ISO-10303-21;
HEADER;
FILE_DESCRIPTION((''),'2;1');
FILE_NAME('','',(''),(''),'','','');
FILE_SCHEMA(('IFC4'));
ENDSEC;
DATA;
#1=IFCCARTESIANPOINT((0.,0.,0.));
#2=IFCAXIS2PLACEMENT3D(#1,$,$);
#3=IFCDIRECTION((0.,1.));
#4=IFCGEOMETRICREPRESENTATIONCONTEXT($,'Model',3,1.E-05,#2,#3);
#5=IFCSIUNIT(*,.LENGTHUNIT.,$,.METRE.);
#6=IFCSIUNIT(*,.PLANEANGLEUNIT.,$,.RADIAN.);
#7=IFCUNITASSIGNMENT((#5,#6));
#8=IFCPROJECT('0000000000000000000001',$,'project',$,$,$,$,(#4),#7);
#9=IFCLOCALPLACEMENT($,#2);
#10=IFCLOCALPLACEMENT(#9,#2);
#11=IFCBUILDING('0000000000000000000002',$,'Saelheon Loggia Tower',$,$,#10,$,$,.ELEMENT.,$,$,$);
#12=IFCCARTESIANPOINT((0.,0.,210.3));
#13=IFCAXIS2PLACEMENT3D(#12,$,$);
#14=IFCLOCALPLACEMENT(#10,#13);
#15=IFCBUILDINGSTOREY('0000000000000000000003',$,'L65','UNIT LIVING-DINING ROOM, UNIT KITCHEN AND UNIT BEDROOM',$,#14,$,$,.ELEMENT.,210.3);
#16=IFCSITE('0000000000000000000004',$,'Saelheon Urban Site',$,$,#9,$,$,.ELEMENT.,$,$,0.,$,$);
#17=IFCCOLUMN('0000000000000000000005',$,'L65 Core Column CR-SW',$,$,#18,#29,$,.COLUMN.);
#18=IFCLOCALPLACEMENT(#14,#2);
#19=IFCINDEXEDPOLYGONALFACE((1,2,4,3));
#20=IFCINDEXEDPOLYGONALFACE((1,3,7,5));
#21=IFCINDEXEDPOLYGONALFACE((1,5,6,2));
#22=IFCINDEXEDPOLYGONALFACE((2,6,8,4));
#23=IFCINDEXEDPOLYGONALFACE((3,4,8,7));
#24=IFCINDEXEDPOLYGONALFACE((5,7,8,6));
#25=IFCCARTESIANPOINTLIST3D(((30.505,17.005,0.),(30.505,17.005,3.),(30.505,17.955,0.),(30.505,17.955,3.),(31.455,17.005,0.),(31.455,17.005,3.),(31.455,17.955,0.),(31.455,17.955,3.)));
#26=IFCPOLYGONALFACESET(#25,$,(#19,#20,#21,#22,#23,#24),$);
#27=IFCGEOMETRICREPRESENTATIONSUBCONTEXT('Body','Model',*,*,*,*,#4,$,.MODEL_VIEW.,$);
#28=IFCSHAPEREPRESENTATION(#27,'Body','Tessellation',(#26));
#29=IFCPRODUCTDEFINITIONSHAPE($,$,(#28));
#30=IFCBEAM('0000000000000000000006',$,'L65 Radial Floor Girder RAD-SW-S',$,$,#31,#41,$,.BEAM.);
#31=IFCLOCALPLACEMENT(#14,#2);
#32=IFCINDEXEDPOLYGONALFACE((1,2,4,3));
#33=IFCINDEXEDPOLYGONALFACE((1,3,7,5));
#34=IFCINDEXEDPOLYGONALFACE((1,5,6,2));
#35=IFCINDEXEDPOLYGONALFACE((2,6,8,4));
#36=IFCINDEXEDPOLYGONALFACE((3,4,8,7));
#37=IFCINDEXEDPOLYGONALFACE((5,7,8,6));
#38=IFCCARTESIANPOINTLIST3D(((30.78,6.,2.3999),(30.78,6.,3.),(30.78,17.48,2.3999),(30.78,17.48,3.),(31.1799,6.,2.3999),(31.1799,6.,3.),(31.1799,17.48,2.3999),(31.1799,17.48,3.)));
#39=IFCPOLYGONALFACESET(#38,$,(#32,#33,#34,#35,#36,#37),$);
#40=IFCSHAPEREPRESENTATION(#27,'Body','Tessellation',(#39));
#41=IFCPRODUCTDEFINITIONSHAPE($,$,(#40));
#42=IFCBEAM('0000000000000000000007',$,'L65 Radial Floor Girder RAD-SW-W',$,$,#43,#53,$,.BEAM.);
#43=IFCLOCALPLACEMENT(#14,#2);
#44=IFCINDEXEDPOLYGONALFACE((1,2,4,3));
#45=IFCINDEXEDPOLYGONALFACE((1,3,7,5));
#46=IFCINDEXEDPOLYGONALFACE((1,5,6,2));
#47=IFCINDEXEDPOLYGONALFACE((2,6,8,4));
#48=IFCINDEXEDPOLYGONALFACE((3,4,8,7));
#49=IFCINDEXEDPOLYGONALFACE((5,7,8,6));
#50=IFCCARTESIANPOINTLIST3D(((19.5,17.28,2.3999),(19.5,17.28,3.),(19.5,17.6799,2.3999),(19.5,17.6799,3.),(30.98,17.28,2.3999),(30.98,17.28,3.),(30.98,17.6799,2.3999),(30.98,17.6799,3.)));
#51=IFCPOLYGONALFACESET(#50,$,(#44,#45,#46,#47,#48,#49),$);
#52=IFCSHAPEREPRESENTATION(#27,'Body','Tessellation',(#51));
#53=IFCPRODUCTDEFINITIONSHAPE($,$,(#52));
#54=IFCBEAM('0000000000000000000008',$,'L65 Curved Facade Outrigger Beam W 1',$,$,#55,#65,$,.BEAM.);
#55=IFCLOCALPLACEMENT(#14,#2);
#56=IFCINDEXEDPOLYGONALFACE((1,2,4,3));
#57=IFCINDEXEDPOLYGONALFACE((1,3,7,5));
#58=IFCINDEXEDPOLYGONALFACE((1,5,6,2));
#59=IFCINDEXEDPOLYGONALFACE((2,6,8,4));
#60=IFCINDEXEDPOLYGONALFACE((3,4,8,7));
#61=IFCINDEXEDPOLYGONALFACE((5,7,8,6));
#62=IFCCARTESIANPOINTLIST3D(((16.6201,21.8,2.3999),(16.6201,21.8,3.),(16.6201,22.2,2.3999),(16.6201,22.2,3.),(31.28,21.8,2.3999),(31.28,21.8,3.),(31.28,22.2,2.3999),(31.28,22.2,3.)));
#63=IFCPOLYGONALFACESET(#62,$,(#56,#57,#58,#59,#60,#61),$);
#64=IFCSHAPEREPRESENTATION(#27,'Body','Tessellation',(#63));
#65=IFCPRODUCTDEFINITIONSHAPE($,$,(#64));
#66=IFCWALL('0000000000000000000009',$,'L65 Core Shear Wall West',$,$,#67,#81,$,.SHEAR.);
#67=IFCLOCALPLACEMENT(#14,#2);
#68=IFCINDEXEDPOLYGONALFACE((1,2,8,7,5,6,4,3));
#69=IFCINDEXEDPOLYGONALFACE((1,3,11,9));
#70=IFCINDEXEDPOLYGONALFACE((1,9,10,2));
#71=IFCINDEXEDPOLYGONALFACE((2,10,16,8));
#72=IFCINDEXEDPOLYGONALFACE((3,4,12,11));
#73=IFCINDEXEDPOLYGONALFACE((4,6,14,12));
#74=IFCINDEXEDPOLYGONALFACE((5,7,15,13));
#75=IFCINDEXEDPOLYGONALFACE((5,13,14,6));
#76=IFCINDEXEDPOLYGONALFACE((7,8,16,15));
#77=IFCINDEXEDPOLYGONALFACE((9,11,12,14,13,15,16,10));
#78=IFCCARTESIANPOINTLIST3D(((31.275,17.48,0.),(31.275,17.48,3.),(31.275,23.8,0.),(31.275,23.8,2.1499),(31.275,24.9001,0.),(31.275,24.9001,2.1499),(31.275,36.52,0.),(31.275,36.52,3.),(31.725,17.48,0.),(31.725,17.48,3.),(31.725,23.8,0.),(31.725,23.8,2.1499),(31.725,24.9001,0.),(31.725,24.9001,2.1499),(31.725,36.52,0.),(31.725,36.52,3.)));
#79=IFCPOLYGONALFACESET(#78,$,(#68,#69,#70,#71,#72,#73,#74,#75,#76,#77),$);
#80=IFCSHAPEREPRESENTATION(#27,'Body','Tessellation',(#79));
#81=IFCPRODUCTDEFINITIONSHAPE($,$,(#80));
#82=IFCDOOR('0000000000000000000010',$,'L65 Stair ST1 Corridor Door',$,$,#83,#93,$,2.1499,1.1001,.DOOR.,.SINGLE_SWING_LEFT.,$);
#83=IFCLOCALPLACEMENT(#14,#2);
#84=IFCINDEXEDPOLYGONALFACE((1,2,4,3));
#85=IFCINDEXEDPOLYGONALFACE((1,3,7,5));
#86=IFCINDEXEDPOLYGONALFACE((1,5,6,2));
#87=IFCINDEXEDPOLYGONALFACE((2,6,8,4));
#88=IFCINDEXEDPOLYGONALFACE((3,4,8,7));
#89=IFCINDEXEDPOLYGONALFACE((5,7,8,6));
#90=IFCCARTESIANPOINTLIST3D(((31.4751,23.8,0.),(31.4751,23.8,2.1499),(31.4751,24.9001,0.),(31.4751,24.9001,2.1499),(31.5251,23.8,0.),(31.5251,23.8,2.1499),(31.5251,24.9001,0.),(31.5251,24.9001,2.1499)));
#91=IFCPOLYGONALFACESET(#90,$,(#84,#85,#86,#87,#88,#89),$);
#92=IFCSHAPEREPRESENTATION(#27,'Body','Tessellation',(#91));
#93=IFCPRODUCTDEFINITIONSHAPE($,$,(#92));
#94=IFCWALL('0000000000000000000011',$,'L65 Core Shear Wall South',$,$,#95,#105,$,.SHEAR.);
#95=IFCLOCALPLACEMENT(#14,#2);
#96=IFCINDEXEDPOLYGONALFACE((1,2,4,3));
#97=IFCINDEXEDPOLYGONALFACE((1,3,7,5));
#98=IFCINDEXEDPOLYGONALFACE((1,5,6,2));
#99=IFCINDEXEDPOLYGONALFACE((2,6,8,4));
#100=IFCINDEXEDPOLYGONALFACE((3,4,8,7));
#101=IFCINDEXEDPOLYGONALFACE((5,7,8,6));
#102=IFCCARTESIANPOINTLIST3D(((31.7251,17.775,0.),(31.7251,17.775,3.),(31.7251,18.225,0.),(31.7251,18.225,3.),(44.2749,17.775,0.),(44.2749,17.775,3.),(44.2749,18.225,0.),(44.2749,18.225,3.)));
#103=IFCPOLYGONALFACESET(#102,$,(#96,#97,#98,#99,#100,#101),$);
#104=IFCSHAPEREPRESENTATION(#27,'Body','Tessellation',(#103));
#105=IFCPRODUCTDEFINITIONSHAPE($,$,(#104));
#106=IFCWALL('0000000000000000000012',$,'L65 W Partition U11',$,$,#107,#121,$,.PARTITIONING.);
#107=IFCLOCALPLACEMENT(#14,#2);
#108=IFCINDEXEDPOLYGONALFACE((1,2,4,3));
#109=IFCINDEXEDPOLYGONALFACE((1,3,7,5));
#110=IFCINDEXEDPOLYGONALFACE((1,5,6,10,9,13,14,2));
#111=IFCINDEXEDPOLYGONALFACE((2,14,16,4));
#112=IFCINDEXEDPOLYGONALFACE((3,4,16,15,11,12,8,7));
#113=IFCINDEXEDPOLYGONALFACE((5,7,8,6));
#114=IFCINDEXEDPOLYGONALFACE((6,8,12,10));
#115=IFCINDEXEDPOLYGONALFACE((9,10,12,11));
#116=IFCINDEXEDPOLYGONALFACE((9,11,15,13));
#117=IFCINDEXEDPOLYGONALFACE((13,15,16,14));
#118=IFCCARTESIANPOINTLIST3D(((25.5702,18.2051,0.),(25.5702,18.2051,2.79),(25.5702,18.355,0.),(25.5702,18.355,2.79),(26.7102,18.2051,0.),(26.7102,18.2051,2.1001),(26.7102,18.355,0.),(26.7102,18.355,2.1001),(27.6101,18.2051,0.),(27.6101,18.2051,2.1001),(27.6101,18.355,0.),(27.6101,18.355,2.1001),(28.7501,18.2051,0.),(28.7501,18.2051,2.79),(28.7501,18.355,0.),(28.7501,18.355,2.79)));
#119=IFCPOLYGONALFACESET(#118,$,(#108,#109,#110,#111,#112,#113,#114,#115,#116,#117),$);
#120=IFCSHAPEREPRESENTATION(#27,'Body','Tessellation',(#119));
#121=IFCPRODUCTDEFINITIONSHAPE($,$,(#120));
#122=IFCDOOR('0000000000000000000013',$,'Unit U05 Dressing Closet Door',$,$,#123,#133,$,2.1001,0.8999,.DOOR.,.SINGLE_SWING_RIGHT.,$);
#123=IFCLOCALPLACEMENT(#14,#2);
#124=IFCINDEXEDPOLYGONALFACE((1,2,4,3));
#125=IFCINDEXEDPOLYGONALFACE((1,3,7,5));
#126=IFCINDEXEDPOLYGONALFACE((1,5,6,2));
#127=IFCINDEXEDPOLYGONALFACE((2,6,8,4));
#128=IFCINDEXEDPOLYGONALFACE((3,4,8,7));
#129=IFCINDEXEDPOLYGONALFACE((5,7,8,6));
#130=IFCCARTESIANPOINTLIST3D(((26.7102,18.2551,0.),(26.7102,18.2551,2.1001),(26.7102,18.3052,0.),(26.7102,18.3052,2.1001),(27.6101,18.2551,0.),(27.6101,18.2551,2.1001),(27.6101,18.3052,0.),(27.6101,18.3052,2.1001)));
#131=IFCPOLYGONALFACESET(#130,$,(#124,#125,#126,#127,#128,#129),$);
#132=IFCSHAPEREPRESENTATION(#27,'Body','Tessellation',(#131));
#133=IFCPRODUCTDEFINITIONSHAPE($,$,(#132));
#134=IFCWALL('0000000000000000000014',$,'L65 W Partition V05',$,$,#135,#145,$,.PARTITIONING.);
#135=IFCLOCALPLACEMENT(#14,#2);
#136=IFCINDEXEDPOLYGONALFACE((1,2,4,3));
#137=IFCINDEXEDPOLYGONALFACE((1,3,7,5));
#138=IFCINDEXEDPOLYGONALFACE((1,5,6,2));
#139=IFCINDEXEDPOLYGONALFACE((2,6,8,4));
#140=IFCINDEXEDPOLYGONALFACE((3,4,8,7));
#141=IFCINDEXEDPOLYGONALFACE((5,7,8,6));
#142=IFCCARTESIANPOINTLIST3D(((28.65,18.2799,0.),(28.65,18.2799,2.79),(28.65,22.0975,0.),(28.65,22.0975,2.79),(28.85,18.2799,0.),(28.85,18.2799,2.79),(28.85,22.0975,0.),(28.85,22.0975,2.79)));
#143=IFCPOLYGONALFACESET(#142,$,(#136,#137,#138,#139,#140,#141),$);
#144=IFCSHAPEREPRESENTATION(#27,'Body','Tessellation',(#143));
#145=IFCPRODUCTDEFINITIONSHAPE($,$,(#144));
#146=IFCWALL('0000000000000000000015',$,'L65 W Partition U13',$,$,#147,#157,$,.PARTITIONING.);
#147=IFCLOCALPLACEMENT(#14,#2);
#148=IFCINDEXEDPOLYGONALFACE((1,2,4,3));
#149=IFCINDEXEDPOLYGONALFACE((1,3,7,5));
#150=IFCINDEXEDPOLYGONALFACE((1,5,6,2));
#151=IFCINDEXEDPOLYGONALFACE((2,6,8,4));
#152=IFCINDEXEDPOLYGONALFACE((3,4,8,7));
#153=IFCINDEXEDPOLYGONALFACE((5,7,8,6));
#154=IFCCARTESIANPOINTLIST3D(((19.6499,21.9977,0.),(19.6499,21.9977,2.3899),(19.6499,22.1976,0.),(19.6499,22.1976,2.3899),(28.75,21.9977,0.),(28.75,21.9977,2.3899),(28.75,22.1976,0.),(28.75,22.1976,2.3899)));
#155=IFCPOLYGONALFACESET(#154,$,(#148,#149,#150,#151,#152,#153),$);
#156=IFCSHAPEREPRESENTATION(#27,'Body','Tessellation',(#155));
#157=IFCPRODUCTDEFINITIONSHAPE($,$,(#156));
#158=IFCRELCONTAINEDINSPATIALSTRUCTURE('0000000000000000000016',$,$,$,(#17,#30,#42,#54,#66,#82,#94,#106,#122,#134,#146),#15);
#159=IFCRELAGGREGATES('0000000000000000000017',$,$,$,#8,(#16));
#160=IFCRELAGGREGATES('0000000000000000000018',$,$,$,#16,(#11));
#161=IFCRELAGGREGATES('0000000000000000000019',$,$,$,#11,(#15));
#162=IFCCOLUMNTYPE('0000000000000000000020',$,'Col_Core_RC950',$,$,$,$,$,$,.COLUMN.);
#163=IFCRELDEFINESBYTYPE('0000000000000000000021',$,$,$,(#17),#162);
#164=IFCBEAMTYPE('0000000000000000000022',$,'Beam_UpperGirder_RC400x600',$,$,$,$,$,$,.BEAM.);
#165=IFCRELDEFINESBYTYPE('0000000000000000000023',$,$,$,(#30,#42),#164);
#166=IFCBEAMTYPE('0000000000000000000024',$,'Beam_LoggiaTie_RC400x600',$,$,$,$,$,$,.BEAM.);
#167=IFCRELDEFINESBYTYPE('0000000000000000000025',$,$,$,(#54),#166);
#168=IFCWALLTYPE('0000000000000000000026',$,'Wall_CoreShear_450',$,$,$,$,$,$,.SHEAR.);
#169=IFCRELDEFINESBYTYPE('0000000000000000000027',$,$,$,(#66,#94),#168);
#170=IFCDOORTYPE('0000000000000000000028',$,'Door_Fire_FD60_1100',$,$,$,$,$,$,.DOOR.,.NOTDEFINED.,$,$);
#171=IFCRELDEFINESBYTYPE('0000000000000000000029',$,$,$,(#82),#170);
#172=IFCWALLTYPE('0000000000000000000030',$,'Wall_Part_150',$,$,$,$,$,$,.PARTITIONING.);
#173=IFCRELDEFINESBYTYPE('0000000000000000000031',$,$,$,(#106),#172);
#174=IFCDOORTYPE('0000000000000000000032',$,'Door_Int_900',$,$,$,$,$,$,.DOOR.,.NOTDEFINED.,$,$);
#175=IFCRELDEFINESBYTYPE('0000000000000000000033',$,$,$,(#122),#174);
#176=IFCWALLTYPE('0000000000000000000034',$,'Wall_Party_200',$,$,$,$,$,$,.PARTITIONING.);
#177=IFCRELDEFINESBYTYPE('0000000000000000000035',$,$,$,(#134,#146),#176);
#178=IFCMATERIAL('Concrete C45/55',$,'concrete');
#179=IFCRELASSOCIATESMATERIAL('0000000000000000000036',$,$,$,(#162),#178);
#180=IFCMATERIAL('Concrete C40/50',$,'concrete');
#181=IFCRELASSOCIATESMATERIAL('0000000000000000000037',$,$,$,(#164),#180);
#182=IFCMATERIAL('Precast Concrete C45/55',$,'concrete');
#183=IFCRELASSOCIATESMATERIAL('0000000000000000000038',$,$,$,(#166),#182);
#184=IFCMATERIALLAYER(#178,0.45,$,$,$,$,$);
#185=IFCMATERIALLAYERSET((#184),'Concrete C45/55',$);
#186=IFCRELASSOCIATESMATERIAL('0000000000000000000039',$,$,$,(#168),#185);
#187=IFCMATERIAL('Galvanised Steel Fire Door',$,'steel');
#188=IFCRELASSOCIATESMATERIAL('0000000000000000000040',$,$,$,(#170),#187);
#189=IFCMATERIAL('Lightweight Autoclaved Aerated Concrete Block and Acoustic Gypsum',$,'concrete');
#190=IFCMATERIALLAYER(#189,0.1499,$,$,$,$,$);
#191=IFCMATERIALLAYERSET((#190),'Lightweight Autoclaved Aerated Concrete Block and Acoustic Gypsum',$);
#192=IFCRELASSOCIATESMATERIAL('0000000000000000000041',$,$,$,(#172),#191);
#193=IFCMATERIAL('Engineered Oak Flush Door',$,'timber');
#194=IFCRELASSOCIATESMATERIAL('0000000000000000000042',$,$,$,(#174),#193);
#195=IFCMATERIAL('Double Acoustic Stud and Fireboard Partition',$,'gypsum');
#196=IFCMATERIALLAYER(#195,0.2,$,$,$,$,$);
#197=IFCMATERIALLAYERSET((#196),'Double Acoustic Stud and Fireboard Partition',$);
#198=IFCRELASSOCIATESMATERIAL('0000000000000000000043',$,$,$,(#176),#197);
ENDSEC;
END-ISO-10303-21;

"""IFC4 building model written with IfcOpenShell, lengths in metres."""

from ifc_helpers import new_model, si_unit, direction, frame, frame_2d, origin, origin_2d, place, context, subcontext, project, spatial, rectangle, extrude, source, transform, mapped, material, layer, layer_set, material_profile, profile_set, type_object, element, fill, save


model = new_model("IFC4")

# Units and contexts
model_context = context("Model", 3, precision=1e-05, world=origin(), true_north=direction((0.0, 1.0)))
body_context = subcontext(model_context, "Body", "Model", "MODEL_VIEW")
ifc_project = project(units=[si_unit("LENGTHUNIT", "METRE"), si_unit("PLANEANGLEUNIT", "RADIAN")], contexts=[model_context])

# Site, building, storey
site_placement = place(None, origin())
site = spatial("IfcSite", under=ifc_project, at=site_placement, Name="Saelheon Urban Site", CompositionType="ELEMENT", RefElevation=0.0)
building_placement = place(site_placement, origin())
building = spatial("IfcBuilding", under=site, at=building_placement, Name="Saelheon Loggia Tower", CompositionType="ELEMENT")
storey_placement = place(building_placement, frame((0.0, 0.0, 210.3)))
storey = spatial("IfcBuildingStorey", under=building, at=storey_placement, Name="L65", Description="UNIT LIVING-DINING ROOM, UNIT KITCHEN AND UNIT BEDROOM", CompositionType="ELEMENT", Elevation=210.3)

# Column
ifc_material_1 = material(Name="Concrete C45/55", Category="concrete")
ifc_material_profile_1 = material_profile(ifc_material_1, rectangle(XDim=0.95, YDim=0.95, at=origin_2d()), Name="RC-950x950")
ifc_profile_set_1 = profile_set([ifc_material_profile_1], Name="Concrete C45/55")
column_type = type_object("IfcColumnType", Name="Col_Core_RC950", PredefinedType="COLUMN", material=ifc_profile_set_1)
shared_shape_1 = source(origin(), body_context, "Body", "SweptSolid", [
    extrude(rectangle(XDim=0.95, YDim=0.95, at=origin_2d()), origin(), (0.0, 0.0, 1.0), 3.0),
])
column_placement = place(storey_placement, frame((30.98, 17.48, 0.0), z_axis=(0.0, 0.0, 1.0), x_axis=(1.0, 0.0, 0.0)))
element("IfcColumn", 1, at=column_placement, inside=storey, type_object=column_type, Name="L65 Core Column CR-SW", PredefinedType="COLUMN", context=body_context, shape_type="MappedRepresentation", body=[
    mapped(shared_shape_1, transform((0.0, 0.0, 0.0), scale=1.0)),
])

# Beams
ifc_material_2 = material(Name="Concrete C40/50", Category="concrete")
ifc_material_profile_2 = material_profile(ifc_material_2, rectangle(XDim=0.3999, YDim=0.6001, at=origin_2d()), Name="RC-400x600")
ifc_profile_set_2 = profile_set([ifc_material_profile_2], Name="Concrete C40/50")
beam_type_1 = type_object("IfcBeamType", Name="Beam_UpperGirder_RC400x600", PredefinedType="BEAM", material=ifc_profile_set_2)
shared_shape_2 = source(origin(), body_context, "Body", "SweptSolid", [
    extrude(rectangle(XDim=0.3999, YDim=0.6001, at=origin_2d()), origin(), (0.0, 0.0, 1.0), 11.48),
])
for number, where, z_axis, x_axis, name in (
    (2, (30.98, 17.48, 2.7), (0.0, -1.0, 0.0), (1.0, 0.0, 0.0), "L65 Radial Floor Girder RAD-SW-S"),
    (3, (30.98, 17.48, 2.7), (-1.0, 0.0, 0.0), (0.0, -1.0, 0.0), "L65 Radial Floor Girder RAD-SW-W"),
):
    element("IfcBeam", number, at=place(storey_placement, frame(where, z_axis=z_axis, x_axis=x_axis)), inside=storey, type_object=beam_type_1, Name=name, PredefinedType="BEAM", context=body_context, shape_type="MappedRepresentation", body=[
        mapped(shared_shape_2, transform((0.0, 0.0, 0.0), scale=1.0)),
    ])
ifc_material_3 = material(Name="Precast Concrete C45/55", Category="concrete")
ifc_material_profile_3 = material_profile(ifc_material_3, rectangle(XDim=0.3999, YDim=0.6001, at=origin_2d()), Name="RC-400x600")
ifc_profile_set_3 = profile_set([ifc_material_profile_3], Name="Precast Concrete C45/55")
beam_type_2 = type_object("IfcBeamType", Name="Beam_LoggiaTie_RC400x600", PredefinedType="BEAM", material=ifc_profile_set_3)
shared_shape_3 = source(origin(), body_context, "Body", "SweptSolid", [
    extrude(rectangle(XDim=0.3999, YDim=0.6001, at=origin_2d()), origin(), (0.0, 0.0, 1.0), 14.6599),
])
beam_placement = place(storey_placement, frame((31.28, 22.0, 2.7), z_axis=(-1.0, 0.0, 0.0), x_axis=(0.0, -1.0, 0.0)))
element("IfcBeam", 4, at=beam_placement, inside=storey, type_object=beam_type_2, Name="L65 Curved Facade Outrigger Beam W 1", PredefinedType="BEAM", context=body_context, shape_type="MappedRepresentation", body=[
    mapped(shared_shape_3, transform((0.0, 0.0, 0.0), scale=1.0)),
])

# Wall, opening, door
ifc_layer_1 = layer(ifc_material_1, 0.45)
ifc_layer_set_1 = layer_set([ifc_layer_1], Name="Concrete C45/55")
wall_type_1 = type_object("IfcWallType", Name="Wall_CoreShear_450", PredefinedType="SHEAR", material=ifc_layer_set_1)
wall_1_placement = place(storey_placement, frame((31.5, 17.48, 0.0), z_axis=(0.0, 0.0, 1.0), x_axis=(0.0, 1.0, 0.0)))
wall_1 = element("IfcWall", 5, at=wall_1_placement, inside=storey, type_object=wall_type_1, Name="L65 Core Shear Wall West", PredefinedType="SHEAR", context=body_context, shape_type="SweptSolid", body=[
    extrude(rectangle(XDim=19.04, YDim=0.45, at=frame_2d((9.52, 0.0))), origin(), (0.0, 0.0, 1.0), 3.0),
])
opening_1_placement = place(wall_1_placement, frame((6.3201, 0.0, 0.0)))
opening_1 = element("IfcOpeningElement", 6, at=opening_1_placement, cuts=wall_1, PredefinedType="OPENING", context=body_context, shape_type="SweptSolid", body=[
    extrude(rectangle(XDim=1.1001, YDim=2.1499, at=frame_2d((0.55, 1.075))), frame((0.0, 0.2371, 0.0), z_axis=(0.0, -1.0, 0.0), x_axis=(1.0, 0.0, 0.0)), (0.0, 0.0, 1.0), 0.4739),
])
ifc_material_4 = material(Name="Galvanised Steel Fire Door", Category="steel")
door_type_1 = type_object("IfcDoorType", Name="Door_Fire_FD60_1100", OperationType="NOTDEFINED", PredefinedType="DOOR", material=ifc_material_4)
shared_shape_4 = source(origin(), body_context, "Body", "SweptSolid", [
    extrude(rectangle(XDim=1.1001, YDim=2.1499, at=frame_2d((0.55, 1.075))), frame((0.0, 0.0249, 0.0), z_axis=(0.0, -1.0, 0.0), x_axis=(1.0, 0.0, 0.0)), (0.0, 0.0, 1.0), 0.05),
])
door_1_placement = place(opening_1_placement, origin())
door_1 = element("IfcDoor", 7, at=door_1_placement, inside=storey, type_object=door_type_1, Name="L65 Stair ST1 Corridor Door", OperationType="SINGLE_SWING_LEFT", OverallHeight=2.1499, OverallWidth=1.1001, PredefinedType="DOOR", context=body_context, shape_type="MappedRepresentation", body=[
    mapped(shared_shape_4, transform((0.0, 0.0, 0.0), scale=1.0)),
])
fill(opening_1, door_1)

# Wall
wall_2_placement = place(storey_placement, frame((31.7251, 18.0, 0.0), z_axis=(0.0, 0.0, 1.0), x_axis=(1.0, 0.0, 0.0)))
element("IfcWall", 8, at=wall_2_placement, inside=storey, type_object=wall_type_1, Name="L65 Core Shear Wall South", PredefinedType="SHEAR", context=body_context, shape_type="SweptSolid", body=[
    extrude(rectangle(XDim=12.5498, YDim=0.45, at=frame_2d((6.2749, 0.0))), origin(), (0.0, 0.0, 1.0), 3.0),
])

# Wall, opening, door
ifc_material_5 = material(Name="Lightweight Autoclaved Aerated Concrete Block and Acoustic Gypsum", Category="concrete")
ifc_layer_2 = layer(ifc_material_5, 0.1499)
ifc_layer_set_2 = layer_set([ifc_layer_2], Name="Lightweight Autoclaved Aerated Concrete Block and Acoustic Gypsum")
wall_type_2 = type_object("IfcWallType", Name="Wall_Part_150", PredefinedType="PARTITIONING", material=ifc_layer_set_2)
wall_3_placement = place(storey_placement, frame((28.75, 18.28, 0.0), z_axis=(0.0, 0.0, 1.0), x_axis=(-1.0, 0.0, 0.0)))
wall_3 = element("IfcWall", 9, at=wall_3_placement, inside=storey, type_object=wall_type_2, Name="L65 W Partition U11", PredefinedType="PARTITIONING", context=body_context, shape_type="SweptSolid", body=[
    extrude(rectangle(XDim=3.1799, YDim=0.1499, at=frame_2d((1.5898, 0.0))), origin(), (0.0, 0.0, 1.0), 2.79),
])
opening_2_placement = place(wall_3_placement, frame((1.1399, 0.0, 0.0)))
opening_2 = element("IfcOpeningElement", 10, at=opening_2_placement, cuts=wall_3, PredefinedType="OPENING", context=body_context, shape_type="SweptSolid", body=[
    extrude(rectangle(XDim=0.8999, YDim=2.1001, at=frame_2d((0.45, 1.05))), frame((0.0, 0.0869, 0.0), z_axis=(0.0, -1.0, 0.0), x_axis=(1.0, 0.0, 0.0)), (0.0, 0.0, 1.0), 0.1738),
])
ifc_material_6 = material(Name="Engineered Oak Flush Door", Category="timber")
door_type_2 = type_object("IfcDoorType", Name="Door_Int_900", OperationType="NOTDEFINED", PredefinedType="DOOR", material=ifc_material_6)
shared_shape_5 = source(origin(), body_context, "Body", "SweptSolid", [
    extrude(rectangle(XDim=0.8999, YDim=2.1001, at=frame_2d((0.45, 1.05))), frame((0.0, 0.0249, 0.0), z_axis=(0.0, -1.0, 0.0), x_axis=(1.0, 0.0, 0.0)), (0.0, 0.0, 1.0), 0.05),
])
door_2_placement = place(opening_2_placement, origin())
door_2 = element("IfcDoor", 11, at=door_2_placement, inside=storey, type_object=door_type_2, Name="Unit U05 Dressing Closet Door", OperationType="SINGLE_SWING_RIGHT", OverallHeight=2.1001, OverallWidth=0.8999, PredefinedType="DOOR", context=body_context, shape_type="MappedRepresentation", body=[
    mapped(shared_shape_5, transform((0.0, 0.0, 0.0), scale=1.0)),
])
fill(opening_2, door_2)
ifc_material_7 = material(Name="Double Acoustic Stud and Fireboard Partition", Category="gypsum")
ifc_layer_3 = layer(ifc_material_7, 0.2)
ifc_layer_set_3 = layer_set([ifc_layer_3], Name="Double Acoustic Stud and Fireboard Partition")
wall_type_3 = type_object("IfcWallType", Name="Wall_Party_200", PredefinedType="PARTITIONING", material=ifc_layer_set_3)

# Walls
wall_4_placement = place(storey_placement, frame((28.75, 18.28, 0.0), z_axis=(0.0, 0.0, 1.0), x_axis=(0.0, 1.0, 0.0)))
element("IfcWall", 12, at=wall_4_placement, inside=storey, type_object=wall_type_3, Name="L65 W Partition V05", PredefinedType="PARTITIONING", context=body_context, shape_type="SweptSolid", body=[
    extrude(rectangle(XDim=3.8176, YDim=0.2, at=frame_2d((1.9087, 0.0))), origin(), (0.0, 0.0, 1.0), 2.79),
])
wall_5_placement = place(storey_placement, frame((28.75, 22.0977, 0.0), z_axis=(0.0, 0.0, 1.0), x_axis=(-1.0, 0.0, 0.0)))
element("IfcWall", 13, at=wall_5_placement, inside=storey, type_object=wall_type_3, Name="L65 W Partition U13", PredefinedType="PARTITIONING", context=body_context, shape_type="SweptSolid", body=[
    extrude(rectangle(XDim=9.1001, YDim=0.2, at=frame_2d((4.55, 0.0))), origin(), (0.0, 0.0, 1.0), 2.3899),
])

save(model, "model.ifc")
